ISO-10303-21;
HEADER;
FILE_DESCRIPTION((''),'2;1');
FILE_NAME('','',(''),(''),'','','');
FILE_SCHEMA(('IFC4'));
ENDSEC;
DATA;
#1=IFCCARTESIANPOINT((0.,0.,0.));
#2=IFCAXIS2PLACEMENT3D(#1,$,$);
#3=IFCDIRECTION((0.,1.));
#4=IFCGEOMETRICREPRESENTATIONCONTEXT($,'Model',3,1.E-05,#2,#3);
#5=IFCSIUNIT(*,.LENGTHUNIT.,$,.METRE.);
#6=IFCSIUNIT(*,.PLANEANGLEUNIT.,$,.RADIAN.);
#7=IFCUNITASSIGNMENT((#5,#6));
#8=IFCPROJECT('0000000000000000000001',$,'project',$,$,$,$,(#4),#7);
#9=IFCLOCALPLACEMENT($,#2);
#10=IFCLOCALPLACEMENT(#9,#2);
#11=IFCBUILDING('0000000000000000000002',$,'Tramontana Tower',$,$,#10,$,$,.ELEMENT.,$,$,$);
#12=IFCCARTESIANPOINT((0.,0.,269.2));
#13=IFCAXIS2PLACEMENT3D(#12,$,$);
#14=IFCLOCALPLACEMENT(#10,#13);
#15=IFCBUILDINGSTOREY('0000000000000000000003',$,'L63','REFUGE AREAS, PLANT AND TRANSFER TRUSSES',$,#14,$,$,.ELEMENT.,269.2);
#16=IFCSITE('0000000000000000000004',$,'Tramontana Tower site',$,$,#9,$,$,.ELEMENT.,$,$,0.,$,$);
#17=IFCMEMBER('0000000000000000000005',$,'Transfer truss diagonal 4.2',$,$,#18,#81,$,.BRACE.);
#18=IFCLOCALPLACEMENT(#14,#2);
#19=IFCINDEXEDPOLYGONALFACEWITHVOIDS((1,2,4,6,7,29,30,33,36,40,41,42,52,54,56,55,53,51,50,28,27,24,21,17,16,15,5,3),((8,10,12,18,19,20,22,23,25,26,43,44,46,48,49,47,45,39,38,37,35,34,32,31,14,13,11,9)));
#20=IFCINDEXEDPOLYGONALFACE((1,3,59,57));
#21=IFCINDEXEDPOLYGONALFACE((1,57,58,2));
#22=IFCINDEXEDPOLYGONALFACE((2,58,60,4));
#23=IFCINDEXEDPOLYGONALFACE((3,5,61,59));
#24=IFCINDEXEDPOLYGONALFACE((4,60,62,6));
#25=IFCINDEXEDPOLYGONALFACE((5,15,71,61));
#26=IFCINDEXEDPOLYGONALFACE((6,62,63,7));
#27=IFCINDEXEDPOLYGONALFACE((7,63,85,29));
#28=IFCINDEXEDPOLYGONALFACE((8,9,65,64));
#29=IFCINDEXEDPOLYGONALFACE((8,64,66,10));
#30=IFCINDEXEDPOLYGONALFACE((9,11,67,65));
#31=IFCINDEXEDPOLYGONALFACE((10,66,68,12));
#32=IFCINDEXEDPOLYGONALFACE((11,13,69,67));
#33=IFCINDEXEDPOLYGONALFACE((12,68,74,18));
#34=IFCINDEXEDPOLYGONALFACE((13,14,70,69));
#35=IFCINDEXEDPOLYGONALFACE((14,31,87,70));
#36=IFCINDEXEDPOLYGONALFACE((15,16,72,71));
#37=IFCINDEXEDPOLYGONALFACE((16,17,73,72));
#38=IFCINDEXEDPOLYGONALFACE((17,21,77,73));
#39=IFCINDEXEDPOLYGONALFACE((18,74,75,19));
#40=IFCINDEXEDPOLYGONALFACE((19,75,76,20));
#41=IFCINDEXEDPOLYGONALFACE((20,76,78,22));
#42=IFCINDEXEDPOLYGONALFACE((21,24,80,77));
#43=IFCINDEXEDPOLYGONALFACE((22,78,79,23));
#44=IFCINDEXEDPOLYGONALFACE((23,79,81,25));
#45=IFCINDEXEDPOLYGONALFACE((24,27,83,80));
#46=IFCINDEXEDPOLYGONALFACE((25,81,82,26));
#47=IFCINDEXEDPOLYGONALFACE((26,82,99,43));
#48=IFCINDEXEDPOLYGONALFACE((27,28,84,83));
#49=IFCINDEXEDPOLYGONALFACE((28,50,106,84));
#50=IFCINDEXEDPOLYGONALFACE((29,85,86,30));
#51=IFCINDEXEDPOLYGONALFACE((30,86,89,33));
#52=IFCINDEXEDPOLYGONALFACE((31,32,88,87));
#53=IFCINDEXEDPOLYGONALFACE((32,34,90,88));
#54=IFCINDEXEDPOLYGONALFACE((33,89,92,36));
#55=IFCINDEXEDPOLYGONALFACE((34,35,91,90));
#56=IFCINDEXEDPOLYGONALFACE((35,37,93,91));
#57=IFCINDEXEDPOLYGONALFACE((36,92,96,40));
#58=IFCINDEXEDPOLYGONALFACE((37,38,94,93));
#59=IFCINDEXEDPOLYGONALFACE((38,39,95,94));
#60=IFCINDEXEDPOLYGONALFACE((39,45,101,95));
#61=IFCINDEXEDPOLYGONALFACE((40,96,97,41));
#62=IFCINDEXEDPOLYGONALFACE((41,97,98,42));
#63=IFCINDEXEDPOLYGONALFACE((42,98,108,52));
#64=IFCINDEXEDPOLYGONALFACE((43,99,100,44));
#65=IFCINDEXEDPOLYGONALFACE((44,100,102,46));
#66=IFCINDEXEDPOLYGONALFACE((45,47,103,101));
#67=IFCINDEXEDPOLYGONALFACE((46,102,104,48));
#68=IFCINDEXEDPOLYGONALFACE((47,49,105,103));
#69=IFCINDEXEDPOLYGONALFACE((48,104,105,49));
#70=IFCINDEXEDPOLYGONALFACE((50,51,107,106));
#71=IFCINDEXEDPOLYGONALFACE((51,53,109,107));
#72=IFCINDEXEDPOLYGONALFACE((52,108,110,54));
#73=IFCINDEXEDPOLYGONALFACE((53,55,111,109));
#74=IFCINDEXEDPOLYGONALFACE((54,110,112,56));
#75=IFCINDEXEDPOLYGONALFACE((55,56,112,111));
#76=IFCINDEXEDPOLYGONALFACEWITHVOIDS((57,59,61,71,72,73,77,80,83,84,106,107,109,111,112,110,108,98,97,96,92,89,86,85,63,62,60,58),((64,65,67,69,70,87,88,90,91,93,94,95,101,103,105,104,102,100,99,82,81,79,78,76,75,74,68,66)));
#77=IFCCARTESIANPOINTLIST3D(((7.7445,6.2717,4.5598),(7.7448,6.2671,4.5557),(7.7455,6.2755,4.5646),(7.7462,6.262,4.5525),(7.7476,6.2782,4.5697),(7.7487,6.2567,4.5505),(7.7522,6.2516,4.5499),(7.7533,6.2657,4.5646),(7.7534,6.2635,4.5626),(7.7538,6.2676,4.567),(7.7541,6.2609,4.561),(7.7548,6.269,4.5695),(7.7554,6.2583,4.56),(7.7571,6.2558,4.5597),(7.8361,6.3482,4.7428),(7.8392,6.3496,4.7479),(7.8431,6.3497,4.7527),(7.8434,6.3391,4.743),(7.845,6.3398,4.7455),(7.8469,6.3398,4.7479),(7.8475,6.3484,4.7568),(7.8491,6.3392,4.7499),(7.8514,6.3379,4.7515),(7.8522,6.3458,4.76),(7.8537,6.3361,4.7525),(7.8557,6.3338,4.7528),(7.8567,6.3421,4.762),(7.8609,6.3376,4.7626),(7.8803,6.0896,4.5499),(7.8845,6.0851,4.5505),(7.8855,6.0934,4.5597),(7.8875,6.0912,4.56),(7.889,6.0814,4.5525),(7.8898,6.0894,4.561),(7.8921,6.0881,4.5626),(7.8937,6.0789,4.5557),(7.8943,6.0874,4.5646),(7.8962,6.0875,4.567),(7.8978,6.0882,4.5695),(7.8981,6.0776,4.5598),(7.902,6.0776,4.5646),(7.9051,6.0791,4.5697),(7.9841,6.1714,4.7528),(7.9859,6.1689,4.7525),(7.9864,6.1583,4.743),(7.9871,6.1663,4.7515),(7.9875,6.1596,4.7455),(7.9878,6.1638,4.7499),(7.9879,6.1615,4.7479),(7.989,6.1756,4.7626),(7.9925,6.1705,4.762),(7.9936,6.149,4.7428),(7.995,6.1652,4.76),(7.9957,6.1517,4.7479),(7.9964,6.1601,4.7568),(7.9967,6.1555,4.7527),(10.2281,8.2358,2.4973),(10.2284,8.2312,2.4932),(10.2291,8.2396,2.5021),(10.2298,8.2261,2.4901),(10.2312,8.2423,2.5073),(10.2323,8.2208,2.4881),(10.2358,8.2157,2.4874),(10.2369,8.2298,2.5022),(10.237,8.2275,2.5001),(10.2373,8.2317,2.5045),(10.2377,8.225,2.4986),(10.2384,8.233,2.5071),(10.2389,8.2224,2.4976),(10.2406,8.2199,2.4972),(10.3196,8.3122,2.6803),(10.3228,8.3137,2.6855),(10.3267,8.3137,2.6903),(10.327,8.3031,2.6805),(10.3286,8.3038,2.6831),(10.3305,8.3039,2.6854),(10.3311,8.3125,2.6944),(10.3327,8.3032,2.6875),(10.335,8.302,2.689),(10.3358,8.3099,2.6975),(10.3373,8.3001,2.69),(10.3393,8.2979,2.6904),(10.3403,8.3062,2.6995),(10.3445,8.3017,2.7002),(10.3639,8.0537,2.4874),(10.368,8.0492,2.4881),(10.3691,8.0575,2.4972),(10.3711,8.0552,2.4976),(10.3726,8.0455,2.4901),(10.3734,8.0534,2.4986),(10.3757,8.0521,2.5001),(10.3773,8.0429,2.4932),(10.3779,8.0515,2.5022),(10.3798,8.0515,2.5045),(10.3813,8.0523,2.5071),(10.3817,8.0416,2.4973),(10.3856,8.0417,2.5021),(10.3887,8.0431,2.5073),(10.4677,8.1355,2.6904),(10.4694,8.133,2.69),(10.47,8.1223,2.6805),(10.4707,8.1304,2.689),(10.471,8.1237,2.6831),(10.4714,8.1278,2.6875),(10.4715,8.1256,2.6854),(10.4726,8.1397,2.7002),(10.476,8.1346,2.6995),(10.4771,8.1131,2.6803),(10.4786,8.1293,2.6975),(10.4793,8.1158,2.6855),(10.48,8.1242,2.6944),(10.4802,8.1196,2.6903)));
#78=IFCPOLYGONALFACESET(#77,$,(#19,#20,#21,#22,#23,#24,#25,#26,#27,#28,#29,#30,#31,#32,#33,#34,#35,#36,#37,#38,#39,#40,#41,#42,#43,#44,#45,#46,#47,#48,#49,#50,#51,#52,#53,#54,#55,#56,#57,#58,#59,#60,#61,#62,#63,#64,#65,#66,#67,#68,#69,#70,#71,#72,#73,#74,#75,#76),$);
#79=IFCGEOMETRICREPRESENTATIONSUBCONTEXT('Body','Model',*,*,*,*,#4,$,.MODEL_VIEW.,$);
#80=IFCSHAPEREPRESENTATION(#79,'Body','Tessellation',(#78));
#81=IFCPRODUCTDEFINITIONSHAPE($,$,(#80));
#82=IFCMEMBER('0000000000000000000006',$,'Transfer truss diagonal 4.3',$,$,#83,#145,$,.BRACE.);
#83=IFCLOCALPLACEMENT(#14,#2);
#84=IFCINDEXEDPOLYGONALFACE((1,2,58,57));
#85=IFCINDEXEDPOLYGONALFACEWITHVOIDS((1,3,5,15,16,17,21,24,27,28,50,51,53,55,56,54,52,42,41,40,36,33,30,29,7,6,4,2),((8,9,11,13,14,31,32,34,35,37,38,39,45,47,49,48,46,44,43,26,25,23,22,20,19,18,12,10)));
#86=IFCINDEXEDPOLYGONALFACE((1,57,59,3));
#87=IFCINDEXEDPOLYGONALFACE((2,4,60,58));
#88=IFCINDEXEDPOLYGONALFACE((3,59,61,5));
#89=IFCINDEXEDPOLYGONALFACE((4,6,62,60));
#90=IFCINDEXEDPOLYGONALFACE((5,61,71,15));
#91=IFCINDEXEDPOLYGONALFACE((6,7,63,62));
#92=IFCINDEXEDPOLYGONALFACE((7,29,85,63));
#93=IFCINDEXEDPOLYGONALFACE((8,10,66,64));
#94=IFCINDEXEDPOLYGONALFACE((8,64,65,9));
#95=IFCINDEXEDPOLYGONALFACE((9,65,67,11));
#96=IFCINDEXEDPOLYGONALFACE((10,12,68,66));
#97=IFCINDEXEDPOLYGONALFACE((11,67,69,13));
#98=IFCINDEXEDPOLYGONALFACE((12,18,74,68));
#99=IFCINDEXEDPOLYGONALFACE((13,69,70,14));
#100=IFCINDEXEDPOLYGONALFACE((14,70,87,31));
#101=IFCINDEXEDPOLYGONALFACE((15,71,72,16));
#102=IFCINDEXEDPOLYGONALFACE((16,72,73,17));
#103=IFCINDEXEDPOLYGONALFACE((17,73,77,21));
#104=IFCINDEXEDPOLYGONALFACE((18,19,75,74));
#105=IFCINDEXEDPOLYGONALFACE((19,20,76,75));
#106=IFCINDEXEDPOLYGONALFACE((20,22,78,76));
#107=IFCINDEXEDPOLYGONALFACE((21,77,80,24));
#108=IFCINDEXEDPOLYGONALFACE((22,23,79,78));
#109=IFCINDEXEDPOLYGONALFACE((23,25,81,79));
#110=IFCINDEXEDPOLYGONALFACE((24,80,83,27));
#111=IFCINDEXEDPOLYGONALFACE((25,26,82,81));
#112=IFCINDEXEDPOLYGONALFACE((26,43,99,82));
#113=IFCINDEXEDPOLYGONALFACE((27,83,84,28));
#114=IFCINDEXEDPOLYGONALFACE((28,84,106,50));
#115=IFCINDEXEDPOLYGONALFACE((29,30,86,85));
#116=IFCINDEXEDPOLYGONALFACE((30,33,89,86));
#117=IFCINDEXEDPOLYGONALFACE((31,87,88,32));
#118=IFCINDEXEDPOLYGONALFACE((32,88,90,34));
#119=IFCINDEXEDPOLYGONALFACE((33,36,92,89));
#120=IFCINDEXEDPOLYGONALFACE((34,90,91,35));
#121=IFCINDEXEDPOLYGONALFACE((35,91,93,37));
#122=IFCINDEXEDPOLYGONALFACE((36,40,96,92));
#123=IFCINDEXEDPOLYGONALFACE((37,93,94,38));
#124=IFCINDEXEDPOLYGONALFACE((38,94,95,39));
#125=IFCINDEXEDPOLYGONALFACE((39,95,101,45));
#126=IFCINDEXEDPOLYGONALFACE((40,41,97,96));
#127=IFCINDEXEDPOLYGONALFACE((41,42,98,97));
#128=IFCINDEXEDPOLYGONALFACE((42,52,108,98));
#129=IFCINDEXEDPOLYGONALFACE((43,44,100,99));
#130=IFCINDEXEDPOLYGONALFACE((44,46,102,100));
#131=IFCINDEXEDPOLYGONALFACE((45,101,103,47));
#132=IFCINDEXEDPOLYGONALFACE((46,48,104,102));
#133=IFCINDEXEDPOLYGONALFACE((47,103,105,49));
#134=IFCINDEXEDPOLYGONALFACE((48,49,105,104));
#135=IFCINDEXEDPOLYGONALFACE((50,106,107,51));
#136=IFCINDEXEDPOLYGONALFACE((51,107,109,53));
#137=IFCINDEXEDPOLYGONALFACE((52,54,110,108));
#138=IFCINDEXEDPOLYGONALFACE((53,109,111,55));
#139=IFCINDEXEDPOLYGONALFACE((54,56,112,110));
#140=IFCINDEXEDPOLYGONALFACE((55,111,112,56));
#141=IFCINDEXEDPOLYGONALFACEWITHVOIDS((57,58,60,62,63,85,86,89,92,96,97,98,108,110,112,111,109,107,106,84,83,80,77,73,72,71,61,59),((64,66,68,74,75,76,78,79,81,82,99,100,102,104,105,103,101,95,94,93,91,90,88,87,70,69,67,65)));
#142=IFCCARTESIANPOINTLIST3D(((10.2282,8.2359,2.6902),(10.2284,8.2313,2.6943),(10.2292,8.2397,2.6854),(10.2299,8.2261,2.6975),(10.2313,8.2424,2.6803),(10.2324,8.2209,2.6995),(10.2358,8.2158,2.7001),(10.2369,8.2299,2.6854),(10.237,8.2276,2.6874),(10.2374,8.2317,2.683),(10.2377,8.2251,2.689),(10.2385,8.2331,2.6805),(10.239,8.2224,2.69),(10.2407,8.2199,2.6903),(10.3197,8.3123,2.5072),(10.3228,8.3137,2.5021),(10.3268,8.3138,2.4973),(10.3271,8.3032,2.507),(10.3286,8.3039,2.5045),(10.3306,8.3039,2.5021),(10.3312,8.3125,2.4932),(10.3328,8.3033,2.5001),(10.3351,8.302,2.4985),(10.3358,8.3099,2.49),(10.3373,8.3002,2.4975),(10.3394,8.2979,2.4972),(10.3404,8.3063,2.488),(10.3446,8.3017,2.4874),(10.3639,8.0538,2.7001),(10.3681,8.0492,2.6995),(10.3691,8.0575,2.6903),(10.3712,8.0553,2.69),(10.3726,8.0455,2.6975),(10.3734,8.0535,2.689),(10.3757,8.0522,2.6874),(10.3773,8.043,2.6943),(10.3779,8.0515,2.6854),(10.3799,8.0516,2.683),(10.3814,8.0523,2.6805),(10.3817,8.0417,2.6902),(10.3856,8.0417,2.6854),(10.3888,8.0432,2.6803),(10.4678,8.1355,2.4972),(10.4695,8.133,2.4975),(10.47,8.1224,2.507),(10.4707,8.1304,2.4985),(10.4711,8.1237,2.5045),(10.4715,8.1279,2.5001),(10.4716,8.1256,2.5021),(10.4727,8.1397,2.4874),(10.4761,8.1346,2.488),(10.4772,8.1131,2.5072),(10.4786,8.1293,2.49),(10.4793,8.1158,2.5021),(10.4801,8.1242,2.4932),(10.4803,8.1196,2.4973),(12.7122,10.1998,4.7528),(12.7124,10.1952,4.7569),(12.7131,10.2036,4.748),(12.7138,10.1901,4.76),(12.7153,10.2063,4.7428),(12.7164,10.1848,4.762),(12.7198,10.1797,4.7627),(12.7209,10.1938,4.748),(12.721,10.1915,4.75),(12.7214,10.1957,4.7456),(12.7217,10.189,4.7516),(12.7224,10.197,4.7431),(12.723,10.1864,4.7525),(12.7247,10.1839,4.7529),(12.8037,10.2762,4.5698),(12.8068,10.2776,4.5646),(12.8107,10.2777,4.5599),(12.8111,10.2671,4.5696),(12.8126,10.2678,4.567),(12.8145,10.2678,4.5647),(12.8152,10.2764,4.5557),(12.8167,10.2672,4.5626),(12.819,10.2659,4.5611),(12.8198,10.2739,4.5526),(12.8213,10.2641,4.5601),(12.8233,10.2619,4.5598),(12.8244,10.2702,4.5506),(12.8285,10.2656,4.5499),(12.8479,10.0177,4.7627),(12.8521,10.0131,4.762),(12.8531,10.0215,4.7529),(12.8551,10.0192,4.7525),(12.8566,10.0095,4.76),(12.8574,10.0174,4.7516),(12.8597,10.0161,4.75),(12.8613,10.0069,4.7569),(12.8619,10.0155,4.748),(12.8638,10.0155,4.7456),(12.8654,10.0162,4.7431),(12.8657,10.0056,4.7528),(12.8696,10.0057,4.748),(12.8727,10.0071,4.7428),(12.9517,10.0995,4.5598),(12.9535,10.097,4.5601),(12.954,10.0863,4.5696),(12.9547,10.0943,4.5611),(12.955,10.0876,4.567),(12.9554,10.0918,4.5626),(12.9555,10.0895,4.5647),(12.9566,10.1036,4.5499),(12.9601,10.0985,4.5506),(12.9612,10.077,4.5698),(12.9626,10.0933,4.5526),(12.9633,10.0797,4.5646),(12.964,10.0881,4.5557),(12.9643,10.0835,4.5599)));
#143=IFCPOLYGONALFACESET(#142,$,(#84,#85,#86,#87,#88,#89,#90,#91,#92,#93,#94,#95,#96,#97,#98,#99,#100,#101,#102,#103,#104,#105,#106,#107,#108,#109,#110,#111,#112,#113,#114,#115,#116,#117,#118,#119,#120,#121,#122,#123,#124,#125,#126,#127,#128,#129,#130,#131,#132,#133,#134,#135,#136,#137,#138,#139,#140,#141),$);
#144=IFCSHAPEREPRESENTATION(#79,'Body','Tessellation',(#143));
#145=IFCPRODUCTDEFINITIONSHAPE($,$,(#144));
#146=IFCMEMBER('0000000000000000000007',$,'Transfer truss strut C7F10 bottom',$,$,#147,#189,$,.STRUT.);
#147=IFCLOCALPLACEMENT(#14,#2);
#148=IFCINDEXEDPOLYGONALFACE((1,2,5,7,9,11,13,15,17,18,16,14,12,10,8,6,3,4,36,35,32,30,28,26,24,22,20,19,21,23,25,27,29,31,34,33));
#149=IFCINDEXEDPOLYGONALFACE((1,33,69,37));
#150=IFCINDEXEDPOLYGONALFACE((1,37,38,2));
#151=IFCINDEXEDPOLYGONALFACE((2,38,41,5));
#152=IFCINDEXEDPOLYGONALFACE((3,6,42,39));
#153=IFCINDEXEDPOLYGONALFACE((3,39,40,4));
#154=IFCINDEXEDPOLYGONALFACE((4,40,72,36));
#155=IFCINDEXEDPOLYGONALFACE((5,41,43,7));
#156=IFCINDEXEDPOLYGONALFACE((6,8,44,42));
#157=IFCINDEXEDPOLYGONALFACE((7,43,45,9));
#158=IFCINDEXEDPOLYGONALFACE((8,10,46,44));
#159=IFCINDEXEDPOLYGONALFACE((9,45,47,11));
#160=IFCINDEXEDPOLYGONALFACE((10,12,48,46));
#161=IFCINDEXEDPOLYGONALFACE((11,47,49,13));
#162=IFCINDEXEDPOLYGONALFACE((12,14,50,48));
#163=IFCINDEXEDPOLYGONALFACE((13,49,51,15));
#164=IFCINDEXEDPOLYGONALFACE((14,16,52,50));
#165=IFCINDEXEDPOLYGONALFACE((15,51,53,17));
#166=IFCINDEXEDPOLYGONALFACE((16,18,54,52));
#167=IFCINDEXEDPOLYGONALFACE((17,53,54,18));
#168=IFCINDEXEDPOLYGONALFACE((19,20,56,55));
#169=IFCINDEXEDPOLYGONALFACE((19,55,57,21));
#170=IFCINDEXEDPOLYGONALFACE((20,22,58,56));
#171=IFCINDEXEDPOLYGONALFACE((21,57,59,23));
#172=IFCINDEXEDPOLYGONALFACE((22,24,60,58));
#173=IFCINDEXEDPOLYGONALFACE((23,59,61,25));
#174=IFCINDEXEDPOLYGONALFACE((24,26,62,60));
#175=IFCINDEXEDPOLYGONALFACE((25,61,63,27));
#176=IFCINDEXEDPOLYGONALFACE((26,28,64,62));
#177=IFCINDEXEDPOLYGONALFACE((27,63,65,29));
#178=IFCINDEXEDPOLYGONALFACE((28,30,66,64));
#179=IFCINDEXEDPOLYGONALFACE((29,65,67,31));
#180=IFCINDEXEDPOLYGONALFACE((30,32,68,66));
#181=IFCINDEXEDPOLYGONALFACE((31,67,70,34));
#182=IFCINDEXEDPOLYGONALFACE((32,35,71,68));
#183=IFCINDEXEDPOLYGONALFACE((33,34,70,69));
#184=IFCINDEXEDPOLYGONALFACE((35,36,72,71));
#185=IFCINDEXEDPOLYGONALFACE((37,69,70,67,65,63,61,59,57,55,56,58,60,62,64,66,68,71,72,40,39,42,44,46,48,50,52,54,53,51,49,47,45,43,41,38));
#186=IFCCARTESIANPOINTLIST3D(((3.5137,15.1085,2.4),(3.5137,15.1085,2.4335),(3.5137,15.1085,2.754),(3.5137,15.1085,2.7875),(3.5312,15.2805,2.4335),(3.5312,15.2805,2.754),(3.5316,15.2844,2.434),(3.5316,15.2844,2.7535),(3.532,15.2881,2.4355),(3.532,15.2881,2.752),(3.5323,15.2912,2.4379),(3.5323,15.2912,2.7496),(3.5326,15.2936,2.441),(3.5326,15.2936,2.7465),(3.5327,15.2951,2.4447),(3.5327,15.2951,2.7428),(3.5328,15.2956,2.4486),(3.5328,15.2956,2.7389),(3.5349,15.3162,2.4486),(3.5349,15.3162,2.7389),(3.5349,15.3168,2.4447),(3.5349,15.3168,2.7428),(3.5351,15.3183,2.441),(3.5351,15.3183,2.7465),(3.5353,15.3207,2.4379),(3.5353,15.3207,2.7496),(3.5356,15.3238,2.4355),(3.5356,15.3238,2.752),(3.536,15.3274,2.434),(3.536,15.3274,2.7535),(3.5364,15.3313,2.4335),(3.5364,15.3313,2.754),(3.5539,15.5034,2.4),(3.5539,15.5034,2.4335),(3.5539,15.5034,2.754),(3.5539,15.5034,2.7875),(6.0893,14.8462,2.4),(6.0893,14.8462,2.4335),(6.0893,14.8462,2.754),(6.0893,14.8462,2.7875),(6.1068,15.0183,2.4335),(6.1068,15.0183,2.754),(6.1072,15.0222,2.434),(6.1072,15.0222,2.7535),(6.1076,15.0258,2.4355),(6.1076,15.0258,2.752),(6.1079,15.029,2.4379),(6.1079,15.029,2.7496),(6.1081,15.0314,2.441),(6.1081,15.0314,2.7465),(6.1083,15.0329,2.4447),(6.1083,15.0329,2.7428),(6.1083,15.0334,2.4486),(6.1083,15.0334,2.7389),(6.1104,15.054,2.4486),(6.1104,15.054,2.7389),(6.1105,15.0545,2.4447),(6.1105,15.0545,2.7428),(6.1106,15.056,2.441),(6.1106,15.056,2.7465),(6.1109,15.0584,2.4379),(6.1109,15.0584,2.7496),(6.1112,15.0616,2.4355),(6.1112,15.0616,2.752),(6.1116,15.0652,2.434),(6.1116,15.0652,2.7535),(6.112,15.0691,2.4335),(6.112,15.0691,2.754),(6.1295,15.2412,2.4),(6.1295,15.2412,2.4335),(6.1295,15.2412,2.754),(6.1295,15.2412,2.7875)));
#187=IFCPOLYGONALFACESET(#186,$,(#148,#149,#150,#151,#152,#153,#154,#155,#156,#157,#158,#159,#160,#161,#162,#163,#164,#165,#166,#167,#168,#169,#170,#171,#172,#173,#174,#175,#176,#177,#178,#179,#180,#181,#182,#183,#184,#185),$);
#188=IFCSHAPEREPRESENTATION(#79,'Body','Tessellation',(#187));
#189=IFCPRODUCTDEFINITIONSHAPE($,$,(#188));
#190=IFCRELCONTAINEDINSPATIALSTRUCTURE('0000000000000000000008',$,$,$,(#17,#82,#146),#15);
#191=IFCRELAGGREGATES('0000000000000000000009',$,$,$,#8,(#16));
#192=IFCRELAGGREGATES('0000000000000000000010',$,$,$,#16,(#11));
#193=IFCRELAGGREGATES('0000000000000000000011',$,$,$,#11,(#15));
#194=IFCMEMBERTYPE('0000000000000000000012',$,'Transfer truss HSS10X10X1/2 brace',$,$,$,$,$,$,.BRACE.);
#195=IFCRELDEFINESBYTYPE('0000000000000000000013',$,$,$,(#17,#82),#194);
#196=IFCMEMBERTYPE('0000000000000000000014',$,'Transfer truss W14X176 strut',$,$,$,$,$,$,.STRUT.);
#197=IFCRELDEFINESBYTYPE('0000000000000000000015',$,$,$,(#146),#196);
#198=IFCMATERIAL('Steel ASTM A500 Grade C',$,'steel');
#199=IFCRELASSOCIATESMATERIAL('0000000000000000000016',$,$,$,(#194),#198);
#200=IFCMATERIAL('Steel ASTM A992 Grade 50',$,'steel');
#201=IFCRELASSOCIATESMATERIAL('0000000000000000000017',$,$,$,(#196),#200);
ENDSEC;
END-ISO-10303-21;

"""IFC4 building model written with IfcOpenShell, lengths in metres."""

from ifc_helpers import new_model, si_unit, direction, frame, origin, origin_2d, place, context, subcontext, project, spatial, hollow_rectangle, i_section, extrude, material, material_profile, profile_set, type_object, element, save


model = new_model("IFC4")

# Units and contexts
model_context = context("Model", 3, precision=1e-05, world=origin(), true_north=direction((0.0, 1.0)))
body_context = subcontext(model_context, "Body", "Model", "MODEL_VIEW")
ifc_project = project(units=[si_unit("LENGTHUNIT", "METRE"), si_unit("PLANEANGLEUNIT", "RADIAN")], contexts=[model_context])

# Site, building, storey
site_placement = place(None, origin())
site = spatial("IfcSite", under=ifc_project, at=site_placement, Name="Tramontana Tower site", CompositionType="ELEMENT", RefElevation=0.0)
building_placement = place(site_placement, origin())
building = spatial("IfcBuilding", under=site, at=building_placement, Name="Tramontana Tower", CompositionType="ELEMENT")
storey_placement = place(building_placement, frame((0.0, 0.0, 269.2)))
storey = spatial("IfcBuildingStorey", under=building, at=storey_placement, Name="L63", Description="REFUGE AREAS, PLANT AND TRANSFER TRUSSES", CompositionType="ELEMENT", Elevation=269.2)

# Members
ifc_material_1 = material(Name="Steel ASTM A500 Grade C", Category="steel")
ifc_material_profile_1 = material_profile(ifc_material_1, hollow_rectangle(XDim=0.2539, YDim=0.2539, WallThickness=0.0117, InnerFilletRadius=0.0117, OuterFilletRadius=0.0237, at=origin_2d()), Name="HSS10X10X1/2")
ifc_profile_set_1 = profile_set([ifc_material_profile_1], Name="Steel ASTM A500 Grade C")
member_type_1 = type_object("IfcMemberType", Name="Transfer truss HSS10X10X1/2 brace", PredefinedType="BRACE", material=ifc_profile_set_1)
member_1_placement = place(storey_placement, frame((7.8706, 6.2136, 4.6562), z_axis=(0.657239, 0.519757, -0.545793), x_axis=(-0.620294, 0.784369, 0.0)))
element("IfcMember", 1, at=member_1_placement, inside=storey, type_object=member_type_1, Name="Transfer truss diagonal 4.2", PredefinedType="BRACE", context=body_context, shape_type="SweptSolid", body=[
    extrude(hollow_rectangle(XDim=0.2539, YDim=0.2539, WallThickness=0.0117, InnerFilletRadius=0.0117, OuterFilletRadius=0.0237, at=origin_2d()), origin(), (0.0, 0.0, 1.0), 3.7788),
])
member_2_placement = place(storey_placement, frame((10.3542, 8.1777, 2.5938), z_axis=(0.657298, 0.519688, 0.545788), x_axis=(-0.620209, 0.784437, 0.0)))
element("IfcMember", 2, at=member_2_placement, inside=storey, type_object=member_type_1, Name="Transfer truss diagonal 4.3", PredefinedType="BRACE", context=body_context, shape_type="SweptSolid", body=[
    extrude(hollow_rectangle(XDim=0.2539, YDim=0.2539, WallThickness=0.0117, InnerFilletRadius=0.0117, OuterFilletRadius=0.0237, at=origin_2d()), origin(), (0.0, 0.0, 1.0), 3.7791),
])
ifc_material_2 = material(Name="Steel ASTM A992 Grade 50", Category="steel")
ifc_material_profile_2 = material_profile(ifc_material_2, i_section(OverallWidth=0.397, OverallDepth=0.3875, WebThickness=0.0208, FlangeThickness=0.0334, FilletRadius=0.0151, at=origin_2d()), Name="W14X176")
ifc_profile_set_2 = profile_set([ifc_material_profile_2], Name="Steel ASTM A992 Grade 50")
member_type_2 = type_object("IfcMemberType", Name="Transfer truss W14X176 strut", PredefinedType="STRUT", material=ifc_profile_set_2)
member_3_placement = place(storey_placement, frame((6.1094, 15.0437, 2.5938), z_axis=(-0.994857, 0.101287, 0.0), x_axis=(-0.101287, -0.994857, 0.0)))
element("IfcMember", 3, at=member_3_placement, inside=storey, type_object=member_type_2, Name="Transfer truss strut C7F10 bottom", PredefinedType="STRUT", context=body_context, shape_type="SweptSolid", body=[
    extrude(i_section(OverallWidth=0.397, OverallDepth=0.3875, WebThickness=0.0208, FlangeThickness=0.0334, FilletRadius=0.0151, at=origin_2d()), origin(), (0.0, 0.0, 1.0), 2.5889),
])

save(model, "model.ifc")
